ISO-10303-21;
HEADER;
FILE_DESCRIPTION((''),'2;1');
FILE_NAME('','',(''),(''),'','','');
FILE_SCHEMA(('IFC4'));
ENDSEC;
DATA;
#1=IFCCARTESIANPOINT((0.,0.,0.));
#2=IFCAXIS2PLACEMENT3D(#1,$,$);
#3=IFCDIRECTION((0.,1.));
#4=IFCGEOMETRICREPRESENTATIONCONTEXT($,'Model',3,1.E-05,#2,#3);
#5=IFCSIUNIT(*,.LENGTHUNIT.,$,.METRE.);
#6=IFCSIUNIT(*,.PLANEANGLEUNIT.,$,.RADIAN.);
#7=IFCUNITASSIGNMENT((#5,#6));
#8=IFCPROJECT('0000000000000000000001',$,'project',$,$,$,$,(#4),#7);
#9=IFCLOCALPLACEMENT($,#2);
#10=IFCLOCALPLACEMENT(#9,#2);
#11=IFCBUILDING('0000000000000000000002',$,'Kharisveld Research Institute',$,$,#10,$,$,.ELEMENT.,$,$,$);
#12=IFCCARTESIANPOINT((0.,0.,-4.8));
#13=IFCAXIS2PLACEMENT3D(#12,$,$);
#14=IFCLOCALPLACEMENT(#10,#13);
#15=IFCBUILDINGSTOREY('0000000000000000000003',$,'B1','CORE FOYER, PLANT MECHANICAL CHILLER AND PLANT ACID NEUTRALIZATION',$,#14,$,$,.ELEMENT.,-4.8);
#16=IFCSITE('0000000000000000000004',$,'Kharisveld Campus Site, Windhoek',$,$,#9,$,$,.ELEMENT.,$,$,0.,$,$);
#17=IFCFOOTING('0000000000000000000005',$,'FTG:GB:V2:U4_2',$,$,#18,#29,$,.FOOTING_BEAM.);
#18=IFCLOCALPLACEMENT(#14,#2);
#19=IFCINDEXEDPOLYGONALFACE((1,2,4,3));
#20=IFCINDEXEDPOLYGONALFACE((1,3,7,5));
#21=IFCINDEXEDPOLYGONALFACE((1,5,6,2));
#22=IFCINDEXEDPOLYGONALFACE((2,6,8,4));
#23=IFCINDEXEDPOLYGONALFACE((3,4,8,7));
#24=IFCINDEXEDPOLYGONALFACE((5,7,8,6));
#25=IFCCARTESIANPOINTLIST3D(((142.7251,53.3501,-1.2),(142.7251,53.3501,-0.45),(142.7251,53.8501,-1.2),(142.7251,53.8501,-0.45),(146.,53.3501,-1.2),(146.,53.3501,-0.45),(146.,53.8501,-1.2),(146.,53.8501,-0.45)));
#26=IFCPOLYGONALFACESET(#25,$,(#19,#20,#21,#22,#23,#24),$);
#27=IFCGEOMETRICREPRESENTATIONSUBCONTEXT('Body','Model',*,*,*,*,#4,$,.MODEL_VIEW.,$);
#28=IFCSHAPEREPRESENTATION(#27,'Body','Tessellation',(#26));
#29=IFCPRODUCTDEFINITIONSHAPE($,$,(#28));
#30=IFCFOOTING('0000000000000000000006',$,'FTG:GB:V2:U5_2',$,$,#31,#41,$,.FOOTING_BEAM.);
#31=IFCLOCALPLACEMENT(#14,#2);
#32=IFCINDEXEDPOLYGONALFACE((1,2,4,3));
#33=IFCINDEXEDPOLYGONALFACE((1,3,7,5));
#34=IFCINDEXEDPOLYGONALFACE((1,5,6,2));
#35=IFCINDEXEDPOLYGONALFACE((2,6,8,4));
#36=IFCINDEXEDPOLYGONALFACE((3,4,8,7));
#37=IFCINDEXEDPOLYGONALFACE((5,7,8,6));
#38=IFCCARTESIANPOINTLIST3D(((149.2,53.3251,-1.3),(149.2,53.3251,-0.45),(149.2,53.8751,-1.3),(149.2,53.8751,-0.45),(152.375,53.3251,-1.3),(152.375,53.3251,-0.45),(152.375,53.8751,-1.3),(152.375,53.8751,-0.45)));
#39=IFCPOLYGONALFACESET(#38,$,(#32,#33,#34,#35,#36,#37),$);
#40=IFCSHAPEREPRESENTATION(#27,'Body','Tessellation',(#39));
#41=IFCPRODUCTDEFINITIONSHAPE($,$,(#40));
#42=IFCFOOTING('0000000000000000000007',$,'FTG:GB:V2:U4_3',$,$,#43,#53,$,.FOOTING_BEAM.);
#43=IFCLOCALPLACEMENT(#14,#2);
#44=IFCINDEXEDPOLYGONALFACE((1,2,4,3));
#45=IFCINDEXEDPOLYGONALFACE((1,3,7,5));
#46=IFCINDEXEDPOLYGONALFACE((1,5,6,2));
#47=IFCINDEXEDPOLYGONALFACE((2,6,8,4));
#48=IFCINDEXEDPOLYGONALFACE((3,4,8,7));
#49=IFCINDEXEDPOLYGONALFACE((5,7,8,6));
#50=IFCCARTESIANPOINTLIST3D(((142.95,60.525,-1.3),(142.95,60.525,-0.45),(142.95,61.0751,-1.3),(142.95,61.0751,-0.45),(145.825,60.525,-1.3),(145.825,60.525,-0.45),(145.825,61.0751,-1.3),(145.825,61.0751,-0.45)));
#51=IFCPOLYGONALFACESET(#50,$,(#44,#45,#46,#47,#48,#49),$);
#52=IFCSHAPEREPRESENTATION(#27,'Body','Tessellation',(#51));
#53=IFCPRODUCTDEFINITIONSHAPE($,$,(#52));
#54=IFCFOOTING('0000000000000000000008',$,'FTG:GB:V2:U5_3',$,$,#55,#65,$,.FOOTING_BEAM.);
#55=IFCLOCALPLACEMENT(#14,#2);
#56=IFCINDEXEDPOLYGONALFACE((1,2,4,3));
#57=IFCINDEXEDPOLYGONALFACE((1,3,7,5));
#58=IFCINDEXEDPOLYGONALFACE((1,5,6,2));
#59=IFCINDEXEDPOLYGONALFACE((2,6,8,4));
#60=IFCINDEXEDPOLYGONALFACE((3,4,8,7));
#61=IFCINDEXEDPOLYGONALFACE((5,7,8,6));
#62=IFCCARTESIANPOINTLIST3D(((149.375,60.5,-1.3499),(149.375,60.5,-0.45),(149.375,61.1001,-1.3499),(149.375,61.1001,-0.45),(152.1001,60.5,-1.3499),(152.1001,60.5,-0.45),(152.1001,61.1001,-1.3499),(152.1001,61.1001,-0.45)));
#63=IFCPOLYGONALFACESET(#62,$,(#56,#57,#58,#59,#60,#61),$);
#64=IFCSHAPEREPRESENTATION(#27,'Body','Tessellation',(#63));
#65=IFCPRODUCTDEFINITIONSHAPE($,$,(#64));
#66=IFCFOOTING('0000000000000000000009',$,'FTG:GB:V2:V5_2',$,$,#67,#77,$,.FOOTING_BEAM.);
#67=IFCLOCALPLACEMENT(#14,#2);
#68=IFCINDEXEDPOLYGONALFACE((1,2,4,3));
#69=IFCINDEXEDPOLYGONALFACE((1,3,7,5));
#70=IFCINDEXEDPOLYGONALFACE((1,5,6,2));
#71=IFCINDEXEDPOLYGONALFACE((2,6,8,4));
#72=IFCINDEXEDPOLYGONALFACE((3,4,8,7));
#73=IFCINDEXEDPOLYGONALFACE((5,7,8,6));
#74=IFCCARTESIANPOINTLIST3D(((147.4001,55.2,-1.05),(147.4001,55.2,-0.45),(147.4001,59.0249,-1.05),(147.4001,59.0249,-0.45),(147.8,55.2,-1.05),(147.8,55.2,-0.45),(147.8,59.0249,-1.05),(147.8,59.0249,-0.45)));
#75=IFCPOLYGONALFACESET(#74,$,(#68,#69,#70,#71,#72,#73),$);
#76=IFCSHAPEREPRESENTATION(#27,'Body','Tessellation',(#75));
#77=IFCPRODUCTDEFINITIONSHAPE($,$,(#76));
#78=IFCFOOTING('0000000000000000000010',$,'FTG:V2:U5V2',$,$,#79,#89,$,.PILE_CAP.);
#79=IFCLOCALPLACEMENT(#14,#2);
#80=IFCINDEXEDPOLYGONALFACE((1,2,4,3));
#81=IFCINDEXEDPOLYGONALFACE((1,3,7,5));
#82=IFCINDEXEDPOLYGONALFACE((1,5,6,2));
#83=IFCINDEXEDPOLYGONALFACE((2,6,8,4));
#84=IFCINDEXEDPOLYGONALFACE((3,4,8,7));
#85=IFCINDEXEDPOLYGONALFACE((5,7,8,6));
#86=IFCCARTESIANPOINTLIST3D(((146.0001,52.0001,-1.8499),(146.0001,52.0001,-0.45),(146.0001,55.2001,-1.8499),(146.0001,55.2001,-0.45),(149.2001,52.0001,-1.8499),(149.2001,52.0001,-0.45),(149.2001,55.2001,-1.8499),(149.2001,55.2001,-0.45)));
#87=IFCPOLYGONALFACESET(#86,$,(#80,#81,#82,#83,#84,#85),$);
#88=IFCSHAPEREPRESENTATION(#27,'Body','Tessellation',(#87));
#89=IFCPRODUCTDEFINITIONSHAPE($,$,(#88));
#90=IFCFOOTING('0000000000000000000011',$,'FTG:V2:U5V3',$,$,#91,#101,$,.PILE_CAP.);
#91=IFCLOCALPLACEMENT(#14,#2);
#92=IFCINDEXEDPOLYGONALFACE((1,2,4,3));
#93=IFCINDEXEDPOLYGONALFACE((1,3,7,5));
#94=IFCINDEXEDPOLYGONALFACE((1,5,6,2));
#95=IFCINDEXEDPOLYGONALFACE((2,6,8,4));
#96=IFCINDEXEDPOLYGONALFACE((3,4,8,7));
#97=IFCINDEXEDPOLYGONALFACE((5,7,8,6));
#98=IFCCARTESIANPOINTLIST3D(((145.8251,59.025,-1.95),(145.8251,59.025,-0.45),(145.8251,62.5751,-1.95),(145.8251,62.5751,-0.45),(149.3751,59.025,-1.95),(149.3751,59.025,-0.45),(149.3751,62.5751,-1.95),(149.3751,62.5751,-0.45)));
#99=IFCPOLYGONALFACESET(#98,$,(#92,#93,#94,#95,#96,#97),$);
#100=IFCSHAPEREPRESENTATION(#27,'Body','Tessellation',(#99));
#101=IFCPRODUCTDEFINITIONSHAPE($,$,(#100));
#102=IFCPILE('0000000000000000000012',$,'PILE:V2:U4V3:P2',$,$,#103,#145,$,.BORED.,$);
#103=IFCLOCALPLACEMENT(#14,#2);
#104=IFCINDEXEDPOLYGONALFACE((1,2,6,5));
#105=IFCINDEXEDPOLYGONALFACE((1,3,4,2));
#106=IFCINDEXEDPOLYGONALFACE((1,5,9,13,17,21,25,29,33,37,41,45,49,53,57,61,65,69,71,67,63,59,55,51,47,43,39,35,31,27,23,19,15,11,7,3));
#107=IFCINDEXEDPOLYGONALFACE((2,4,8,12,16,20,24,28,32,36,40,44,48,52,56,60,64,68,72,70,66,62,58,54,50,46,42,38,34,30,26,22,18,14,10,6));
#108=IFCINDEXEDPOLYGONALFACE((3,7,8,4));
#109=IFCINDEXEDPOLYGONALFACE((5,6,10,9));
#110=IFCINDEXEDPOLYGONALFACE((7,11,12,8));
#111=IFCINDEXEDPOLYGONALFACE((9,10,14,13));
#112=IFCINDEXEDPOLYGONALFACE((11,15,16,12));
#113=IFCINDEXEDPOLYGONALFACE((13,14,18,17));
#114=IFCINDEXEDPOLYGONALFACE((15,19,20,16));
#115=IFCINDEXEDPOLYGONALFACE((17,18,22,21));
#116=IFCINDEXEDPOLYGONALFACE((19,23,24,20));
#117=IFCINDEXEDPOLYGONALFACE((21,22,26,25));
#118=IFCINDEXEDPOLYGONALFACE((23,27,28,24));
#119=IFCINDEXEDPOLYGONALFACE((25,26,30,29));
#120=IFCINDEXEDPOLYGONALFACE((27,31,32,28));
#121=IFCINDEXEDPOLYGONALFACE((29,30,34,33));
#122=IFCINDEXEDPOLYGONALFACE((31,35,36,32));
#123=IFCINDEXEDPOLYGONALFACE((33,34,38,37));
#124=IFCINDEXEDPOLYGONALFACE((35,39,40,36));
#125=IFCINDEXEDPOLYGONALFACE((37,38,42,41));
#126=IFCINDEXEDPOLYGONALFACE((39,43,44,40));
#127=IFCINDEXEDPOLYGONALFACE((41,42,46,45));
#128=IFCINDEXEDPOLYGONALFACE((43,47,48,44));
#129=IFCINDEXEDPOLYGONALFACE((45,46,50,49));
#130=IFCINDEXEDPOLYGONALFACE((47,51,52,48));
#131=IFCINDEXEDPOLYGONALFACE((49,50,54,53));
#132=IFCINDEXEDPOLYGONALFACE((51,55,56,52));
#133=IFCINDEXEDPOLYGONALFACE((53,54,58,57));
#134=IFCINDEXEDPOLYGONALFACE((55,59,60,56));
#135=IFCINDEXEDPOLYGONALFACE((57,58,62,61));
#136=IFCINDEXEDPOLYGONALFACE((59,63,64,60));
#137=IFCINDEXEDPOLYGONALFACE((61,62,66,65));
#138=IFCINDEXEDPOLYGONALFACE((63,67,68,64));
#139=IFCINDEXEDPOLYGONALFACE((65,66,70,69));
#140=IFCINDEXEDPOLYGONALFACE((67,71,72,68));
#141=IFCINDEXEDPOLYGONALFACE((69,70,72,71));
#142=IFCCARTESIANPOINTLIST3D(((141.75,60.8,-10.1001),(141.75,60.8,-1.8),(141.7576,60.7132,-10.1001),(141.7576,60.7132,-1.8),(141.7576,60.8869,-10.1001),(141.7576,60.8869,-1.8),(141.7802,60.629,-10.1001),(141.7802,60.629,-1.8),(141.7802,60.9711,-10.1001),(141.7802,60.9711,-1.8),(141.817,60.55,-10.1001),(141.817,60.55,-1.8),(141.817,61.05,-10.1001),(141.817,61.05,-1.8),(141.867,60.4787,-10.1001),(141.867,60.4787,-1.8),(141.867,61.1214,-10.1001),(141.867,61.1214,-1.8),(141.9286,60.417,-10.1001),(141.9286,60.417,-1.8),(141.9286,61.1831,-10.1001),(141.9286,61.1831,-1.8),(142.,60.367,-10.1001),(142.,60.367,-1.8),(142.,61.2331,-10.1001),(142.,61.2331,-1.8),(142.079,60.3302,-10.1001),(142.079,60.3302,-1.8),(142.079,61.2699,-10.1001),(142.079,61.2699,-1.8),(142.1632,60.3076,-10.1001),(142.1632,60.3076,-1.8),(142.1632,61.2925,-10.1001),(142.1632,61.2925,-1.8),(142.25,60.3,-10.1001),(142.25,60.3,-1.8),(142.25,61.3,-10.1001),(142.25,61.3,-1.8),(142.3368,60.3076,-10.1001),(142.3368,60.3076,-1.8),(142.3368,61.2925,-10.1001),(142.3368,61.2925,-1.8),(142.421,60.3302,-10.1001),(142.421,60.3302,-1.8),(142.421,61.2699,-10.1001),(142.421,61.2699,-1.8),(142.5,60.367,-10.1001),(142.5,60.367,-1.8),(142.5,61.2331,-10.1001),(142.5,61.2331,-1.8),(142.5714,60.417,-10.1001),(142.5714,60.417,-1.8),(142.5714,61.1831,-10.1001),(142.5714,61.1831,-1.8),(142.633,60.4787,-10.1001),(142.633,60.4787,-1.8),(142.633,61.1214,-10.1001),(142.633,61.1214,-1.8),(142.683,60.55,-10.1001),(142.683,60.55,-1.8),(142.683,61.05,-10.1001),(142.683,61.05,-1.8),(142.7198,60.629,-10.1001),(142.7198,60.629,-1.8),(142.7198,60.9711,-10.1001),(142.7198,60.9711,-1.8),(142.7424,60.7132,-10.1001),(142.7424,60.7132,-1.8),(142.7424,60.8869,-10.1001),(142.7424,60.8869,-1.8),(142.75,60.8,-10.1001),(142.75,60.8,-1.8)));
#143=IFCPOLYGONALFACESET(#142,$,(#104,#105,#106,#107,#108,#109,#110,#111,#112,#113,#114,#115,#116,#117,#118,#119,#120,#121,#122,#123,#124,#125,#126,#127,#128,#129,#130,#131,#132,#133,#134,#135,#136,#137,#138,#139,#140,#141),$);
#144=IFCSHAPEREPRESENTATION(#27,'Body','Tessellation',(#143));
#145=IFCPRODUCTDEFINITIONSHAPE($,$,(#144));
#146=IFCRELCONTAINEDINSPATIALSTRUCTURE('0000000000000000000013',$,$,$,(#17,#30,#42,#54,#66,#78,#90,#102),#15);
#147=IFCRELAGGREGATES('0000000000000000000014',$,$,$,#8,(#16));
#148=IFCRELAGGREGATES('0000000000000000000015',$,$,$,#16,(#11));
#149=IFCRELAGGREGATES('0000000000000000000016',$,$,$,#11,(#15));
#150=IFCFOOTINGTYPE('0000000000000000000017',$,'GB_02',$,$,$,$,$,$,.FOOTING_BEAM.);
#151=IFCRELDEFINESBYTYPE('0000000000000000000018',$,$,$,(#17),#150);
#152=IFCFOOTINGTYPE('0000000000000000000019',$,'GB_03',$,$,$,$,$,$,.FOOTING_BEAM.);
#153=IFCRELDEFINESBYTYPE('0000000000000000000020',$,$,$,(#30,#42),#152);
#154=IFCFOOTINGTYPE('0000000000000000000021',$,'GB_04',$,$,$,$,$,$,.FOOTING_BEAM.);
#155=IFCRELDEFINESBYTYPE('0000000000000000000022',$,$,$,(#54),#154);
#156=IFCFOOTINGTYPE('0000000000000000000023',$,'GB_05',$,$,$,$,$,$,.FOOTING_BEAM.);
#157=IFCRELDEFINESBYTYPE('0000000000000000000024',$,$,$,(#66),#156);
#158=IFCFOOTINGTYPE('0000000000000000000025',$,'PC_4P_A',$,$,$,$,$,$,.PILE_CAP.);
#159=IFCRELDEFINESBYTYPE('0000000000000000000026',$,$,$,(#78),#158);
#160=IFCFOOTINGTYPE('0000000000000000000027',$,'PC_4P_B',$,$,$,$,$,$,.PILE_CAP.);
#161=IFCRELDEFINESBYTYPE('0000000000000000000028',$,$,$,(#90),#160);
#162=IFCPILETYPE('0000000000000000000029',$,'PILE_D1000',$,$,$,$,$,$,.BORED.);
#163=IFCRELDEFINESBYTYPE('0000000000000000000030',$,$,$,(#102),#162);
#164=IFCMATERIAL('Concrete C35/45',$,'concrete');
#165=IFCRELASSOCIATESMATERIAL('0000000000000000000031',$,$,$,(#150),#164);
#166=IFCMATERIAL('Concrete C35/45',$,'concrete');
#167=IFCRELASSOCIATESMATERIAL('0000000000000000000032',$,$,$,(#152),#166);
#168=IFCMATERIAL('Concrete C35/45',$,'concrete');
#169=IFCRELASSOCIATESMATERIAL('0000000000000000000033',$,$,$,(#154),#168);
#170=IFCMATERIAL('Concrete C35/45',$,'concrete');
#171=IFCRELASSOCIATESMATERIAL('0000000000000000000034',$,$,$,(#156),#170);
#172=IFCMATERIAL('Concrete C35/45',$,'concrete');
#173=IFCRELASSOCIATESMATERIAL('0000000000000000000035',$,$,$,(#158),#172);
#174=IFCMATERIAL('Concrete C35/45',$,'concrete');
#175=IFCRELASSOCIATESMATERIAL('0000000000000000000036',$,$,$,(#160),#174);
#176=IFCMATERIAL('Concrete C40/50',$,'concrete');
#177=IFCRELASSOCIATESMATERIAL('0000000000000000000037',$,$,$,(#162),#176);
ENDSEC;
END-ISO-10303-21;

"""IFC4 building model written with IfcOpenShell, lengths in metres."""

from ifc_helpers import new_model, si_unit, direction, frame, origin, origin_2d, place, context, subcontext, project, spatial, rectangle, circle, extrude, material, material_profile, profile_set, type_object, element, save


model = new_model("IFC4")

# Units and contexts
model_context = context("Model", 3, precision=1e-05, world=origin(), true_north=direction((0.0, 1.0)))
body_context = subcontext(model_context, "Body", "Model", "MODEL_VIEW")
ifc_project = project(units=[si_unit("LENGTHUNIT", "METRE"), si_unit("PLANEANGLEUNIT", "RADIAN")], contexts=[model_context])

# Site, building, storey
site_placement = place(None, origin())
site = spatial("IfcSite", under=ifc_project, at=site_placement, Name="Kharisveld Campus Site, Windhoek", CompositionType="ELEMENT", RefElevation=0.0)
building_placement = place(site_placement, origin())
building = spatial("IfcBuilding", under=site, at=building_placement, Name="Kharisveld Research Institute", CompositionType="ELEMENT")
storey_placement = place(building_placement, frame((0.0, 0.0, -4.8)))
storey = spatial("IfcBuildingStorey", under=building, at=storey_placement, Name="B1", Description="CORE FOYER, PLANT MECHANICAL CHILLER AND PLANT ACID NEUTRALIZATION", CompositionType="ELEMENT", Elevation=-4.8)

# Footings
ifc_material_1 = material(Name="Concrete C35/45", Category="concrete")
ifc_material_profile_1 = material_profile(ifc_material_1, rectangle(XDim=0.5, YDim=0.75, at=origin_2d()))
ifc_profile_set_1 = profile_set([ifc_material_profile_1], Name="Concrete C35/45")
footing_type_1 = type_object("IfcFootingType", Name="GB_02", PredefinedType="FOOTING_BEAM", material=ifc_profile_set_1)
footing_1_placement = place(storey_placement, frame((142.7251, 53.6001, -0.825), z_axis=(1.0, 0.0, 0.0), x_axis=(0.0, 1.0, 0.0)))
element("IfcFooting", 1, at=footing_1_placement, inside=storey, type_object=footing_type_1, Name="FTG:GB:V2:U4_2", PredefinedType="FOOTING_BEAM", context=body_context, shape_type="SweptSolid", body=[
    extrude(rectangle(XDim=0.5, YDim=0.75, at=origin_2d()), origin(), (0.0, 0.0, 1.0), 3.2749),
])
ifc_material_2 = material(Name="Concrete C35/45", Category="concrete")
ifc_material_profile_2 = material_profile(ifc_material_2, rectangle(XDim=0.55, YDim=0.8501, at=origin_2d()))
ifc_profile_set_2 = profile_set([ifc_material_profile_2], Name="Concrete C35/45")
footing_type_2 = type_object("IfcFootingType", Name="GB_03", PredefinedType="FOOTING_BEAM", material=ifc_profile_set_2)
footing_2_placement = place(storey_placement, frame((149.2, 53.6001, -0.875), z_axis=(1.0, 0.0, 0.0), x_axis=(0.0, 1.0, 0.0)))
element("IfcFooting", 2, at=footing_2_placement, inside=storey, type_object=footing_type_2, Name="FTG:GB:V2:U5_2", PredefinedType="FOOTING_BEAM", context=body_context, shape_type="SweptSolid", body=[
    extrude(rectangle(XDim=0.55, YDim=0.8501, at=origin_2d()), origin(), (0.0, 0.0, 1.0), 3.175),
])
footing_3_placement = place(storey_placement, frame((142.95, 60.8, -0.875), z_axis=(1.0, 0.0, 0.0), x_axis=(0.0, 1.0, 0.0)))
element("IfcFooting", 3, at=footing_3_placement, inside=storey, type_object=footing_type_2, Name="FTG:GB:V2:U4_3", PredefinedType="FOOTING_BEAM", context=body_context, shape_type="SweptSolid", body=[
    extrude(rectangle(XDim=0.55, YDim=0.8501, at=origin_2d()), origin(), (0.0, 0.0, 1.0), 2.875),
])
ifc_material_3 = material(Name="Concrete C35/45", Category="concrete")
ifc_material_profile_3 = material_profile(ifc_material_3, rectangle(XDim=0.6001, YDim=0.8999, at=origin_2d()))
ifc_profile_set_3 = profile_set([ifc_material_profile_3], Name="Concrete C35/45")
footing_type_3 = type_object("IfcFootingType", Name="GB_04", PredefinedType="FOOTING_BEAM", material=ifc_profile_set_3)
footing_4_placement = place(storey_placement, frame((149.375, 60.8, -0.8999), z_axis=(1.0, 0.0, 0.0), x_axis=(0.0, 1.0, 0.0)))
element("IfcFooting", 4, at=footing_4_placement, inside=storey, type_object=footing_type_3, Name="FTG:GB:V2:U5_3", PredefinedType="FOOTING_BEAM", context=body_context, shape_type="SweptSolid", body=[
    extrude(rectangle(XDim=0.6001, YDim=0.8999, at=origin_2d()), origin(), (0.0, 0.0, 1.0), 2.7251),
])
ifc_material_4 = material(Name="Concrete C35/45", Category="concrete")
ifc_material_profile_4 = material_profile(ifc_material_4, rectangle(XDim=0.3999, YDim=0.6001, at=origin_2d()))
ifc_profile_set_4 = profile_set([ifc_material_profile_4], Name="Concrete C35/45")
footing_type_4 = type_object("IfcFootingType", Name="GB_05", PredefinedType="FOOTING_BEAM", material=ifc_profile_set_4)
footing_5_placement = place(storey_placement, frame((147.6001, 55.2, -0.75), z_axis=(0.0, 1.0, 0.0), x_axis=(-1.0, 0.0, 0.0)))
element("IfcFooting", 5, at=footing_5_placement, inside=storey, type_object=footing_type_4, Name="FTG:GB:V2:V5_2", PredefinedType="FOOTING_BEAM", context=body_context, shape_type="SweptSolid", body=[
    extrude(rectangle(XDim=0.3999, YDim=0.6001, at=origin_2d()), origin(), (0.0, 0.0, 1.0), 3.825),
])
ifc_material_5 = material(Name="Concrete C35/45", Category="concrete")
footing_type_5 = type_object("IfcFootingType", Name="PC_4P_A", PredefinedType="PILE_CAP", material=ifc_material_5)
footing_6_placement = place(storey_placement, frame((147.6001, 53.6001, -1.8499), z_axis=(0.0, 0.0, 1.0), x_axis=(1.0, 0.0, 0.0)))
element("IfcFooting", 6, at=footing_6_placement, inside=storey, type_object=footing_type_5, Name="FTG:V2:U5V2", PredefinedType="PILE_CAP", context=body_context, shape_type="SweptSolid", body=[
    extrude(rectangle(XDim=3.2, YDim=3.2, at=origin_2d()), origin(), (0.0, 0.0, 1.0), 1.3999),
])
ifc_material_6 = material(Name="Concrete C35/45", Category="concrete")
footing_type_6 = type_object("IfcFootingType", Name="PC_4P_B", PredefinedType="PILE_CAP", material=ifc_material_6)
footing_7_placement = place(storey_placement, frame((147.6001, 60.8, -1.95), z_axis=(0.0, 0.0, 1.0), x_axis=(1.0, 0.0, 0.0)))
element("IfcFooting", 7, at=footing_7_placement, inside=storey, type_object=footing_type_6, Name="FTG:V2:U5V3", PredefinedType="PILE_CAP", context=body_context, shape_type="SweptSolid", body=[
    extrude(rectangle(XDim=3.55, YDim=3.55, at=origin_2d()), origin(), (0.0, 0.0, 1.0), 1.5),
])

# Pile
ifc_material_7 = material(Name="Concrete C40/50", Category="concrete")
ifc_material_profile_5 = material_profile(ifc_material_7, circle(Radius=0.5, at=origin_2d()))
ifc_profile_set_5 = profile_set([ifc_material_profile_5], Name="Concrete C40/50")
pile_type_1 = type_object("IfcPileType", Name="PILE_D1000", PredefinedType="BORED", material=ifc_profile_set_5)
pile_1_placement = place(storey_placement, frame((142.25, 60.8, -1.8), z_axis=(0.0, 0.0, -1.0), x_axis=(1.0, 0.0, 0.0)))
element("IfcPile", 8, at=pile_1_placement, inside=storey, type_object=pile_type_1, Name="PILE:V2:U4V3:P2", PredefinedType="BORED", context=body_context, shape_type="SweptSolid", body=[
    extrude(circle(Radius=0.5, at=origin_2d()), origin(), (0.0, 0.0, 1.0), 8.3),
])

save(model, "model.ifc")
